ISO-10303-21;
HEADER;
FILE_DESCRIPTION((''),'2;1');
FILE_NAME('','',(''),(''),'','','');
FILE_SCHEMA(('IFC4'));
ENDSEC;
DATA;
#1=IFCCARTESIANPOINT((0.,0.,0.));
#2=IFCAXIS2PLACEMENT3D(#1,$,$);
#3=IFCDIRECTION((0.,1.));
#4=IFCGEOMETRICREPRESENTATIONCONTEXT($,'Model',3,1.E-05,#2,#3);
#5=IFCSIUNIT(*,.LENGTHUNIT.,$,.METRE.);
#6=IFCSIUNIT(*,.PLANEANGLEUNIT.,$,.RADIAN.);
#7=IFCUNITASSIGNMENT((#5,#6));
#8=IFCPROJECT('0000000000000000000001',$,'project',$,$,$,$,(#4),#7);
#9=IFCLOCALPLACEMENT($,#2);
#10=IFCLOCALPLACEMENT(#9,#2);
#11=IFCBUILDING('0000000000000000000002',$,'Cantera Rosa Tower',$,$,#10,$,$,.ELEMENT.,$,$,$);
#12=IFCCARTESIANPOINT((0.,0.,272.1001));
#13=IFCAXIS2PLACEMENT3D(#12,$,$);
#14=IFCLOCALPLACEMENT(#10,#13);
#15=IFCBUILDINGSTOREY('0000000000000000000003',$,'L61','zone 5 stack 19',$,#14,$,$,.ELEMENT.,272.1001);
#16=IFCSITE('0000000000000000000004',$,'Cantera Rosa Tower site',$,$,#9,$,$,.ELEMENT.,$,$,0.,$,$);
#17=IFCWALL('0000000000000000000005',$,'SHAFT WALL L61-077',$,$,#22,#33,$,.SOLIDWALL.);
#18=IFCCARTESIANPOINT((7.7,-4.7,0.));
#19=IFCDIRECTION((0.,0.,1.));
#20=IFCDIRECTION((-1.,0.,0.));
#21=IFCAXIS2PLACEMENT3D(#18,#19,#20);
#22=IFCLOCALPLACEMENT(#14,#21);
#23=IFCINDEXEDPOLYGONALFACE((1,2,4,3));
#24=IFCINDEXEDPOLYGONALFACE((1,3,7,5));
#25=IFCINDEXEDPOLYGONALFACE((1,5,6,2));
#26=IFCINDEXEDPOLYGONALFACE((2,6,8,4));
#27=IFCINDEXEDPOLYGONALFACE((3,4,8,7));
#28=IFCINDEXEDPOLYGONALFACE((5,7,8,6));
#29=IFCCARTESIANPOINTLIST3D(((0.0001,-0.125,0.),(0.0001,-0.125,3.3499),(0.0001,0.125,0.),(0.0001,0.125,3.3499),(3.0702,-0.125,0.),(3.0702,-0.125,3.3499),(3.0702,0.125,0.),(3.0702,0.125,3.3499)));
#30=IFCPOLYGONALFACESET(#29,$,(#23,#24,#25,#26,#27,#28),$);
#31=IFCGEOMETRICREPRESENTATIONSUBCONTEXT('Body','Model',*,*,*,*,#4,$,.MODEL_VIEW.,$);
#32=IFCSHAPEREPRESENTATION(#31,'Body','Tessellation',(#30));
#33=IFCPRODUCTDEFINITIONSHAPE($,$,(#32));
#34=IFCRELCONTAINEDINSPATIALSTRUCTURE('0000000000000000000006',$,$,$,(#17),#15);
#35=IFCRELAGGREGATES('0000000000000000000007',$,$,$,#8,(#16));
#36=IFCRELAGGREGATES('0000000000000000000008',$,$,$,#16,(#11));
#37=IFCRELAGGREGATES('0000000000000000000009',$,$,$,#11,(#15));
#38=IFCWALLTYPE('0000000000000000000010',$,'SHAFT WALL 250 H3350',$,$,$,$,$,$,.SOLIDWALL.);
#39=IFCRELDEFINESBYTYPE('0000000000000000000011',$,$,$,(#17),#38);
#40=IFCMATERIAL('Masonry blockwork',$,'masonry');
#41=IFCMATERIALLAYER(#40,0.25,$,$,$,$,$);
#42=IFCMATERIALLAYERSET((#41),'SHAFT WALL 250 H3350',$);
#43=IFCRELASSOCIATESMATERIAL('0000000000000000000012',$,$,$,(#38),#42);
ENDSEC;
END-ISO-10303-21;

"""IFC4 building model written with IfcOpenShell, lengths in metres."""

from ifc_helpers import new_model, si_unit, direction, frame, frame_2d, origin, place, context, subcontext, project, spatial, rectangle, extrude, material, layer, layer_set, type_object, element, save


model = new_model("IFC4")

# Units and contexts
model_context = context("Model", 3, precision=1e-05, world=origin(), true_north=direction((0.0, 1.0)))
body_context = subcontext(model_context, "Body", "Model", "MODEL_VIEW")
ifc_project = project(units=[si_unit("LENGTHUNIT", "METRE"), si_unit("PLANEANGLEUNIT", "RADIAN")], contexts=[model_context])

# Site, building, storey
site_placement = place(None, origin())
site = spatial("IfcSite", under=ifc_project, at=site_placement, Name="Cantera Rosa Tower site", CompositionType="ELEMENT", RefElevation=0.0)
building_placement = place(site_placement, origin())
building = spatial("IfcBuilding", under=site, at=building_placement, Name="Cantera Rosa Tower", CompositionType="ELEMENT")
storey_placement = place(building_placement, frame((0.0, 0.0, 272.1001)))
storey = spatial("IfcBuildingStorey", under=building, at=storey_placement, Name="L61", Description="zone 5 stack 19", CompositionType="ELEMENT", Elevation=272.1001)

# Wall
ifc_material_1 = material(Name="Masonry blockwork", Category="masonry")
ifc_layer_1 = layer(ifc_material_1, 0.25)
ifc_layer_set_1 = layer_set([ifc_layer_1], Name="SHAFT WALL 250 H3350")
wall_type_1 = type_object("IfcWallType", Name="SHAFT WALL 250 H3350", PredefinedType="SOLIDWALL", material=ifc_layer_set_1)
wall_1_placement = place(storey_placement, frame((7.7, -4.7, 0.0), z_axis=(0.0, 0.0, 1.0), x_axis=(-1.0, 0.0, 0.0)))
element("IfcWall", 1, at=wall_1_placement, inside=storey, type_object=wall_type_1, Name="SHAFT WALL L61-077", PredefinedType="SOLIDWALL", context=body_context, shape_type="SweptSolid", body=[
    extrude(rectangle(XDim=3.0701, YDim=0.25, at=frame_2d((1.5352, 0.0))), origin(), (0.0, 0.0, 1.0), 3.3499),
])

save(model, "model.ifc")
